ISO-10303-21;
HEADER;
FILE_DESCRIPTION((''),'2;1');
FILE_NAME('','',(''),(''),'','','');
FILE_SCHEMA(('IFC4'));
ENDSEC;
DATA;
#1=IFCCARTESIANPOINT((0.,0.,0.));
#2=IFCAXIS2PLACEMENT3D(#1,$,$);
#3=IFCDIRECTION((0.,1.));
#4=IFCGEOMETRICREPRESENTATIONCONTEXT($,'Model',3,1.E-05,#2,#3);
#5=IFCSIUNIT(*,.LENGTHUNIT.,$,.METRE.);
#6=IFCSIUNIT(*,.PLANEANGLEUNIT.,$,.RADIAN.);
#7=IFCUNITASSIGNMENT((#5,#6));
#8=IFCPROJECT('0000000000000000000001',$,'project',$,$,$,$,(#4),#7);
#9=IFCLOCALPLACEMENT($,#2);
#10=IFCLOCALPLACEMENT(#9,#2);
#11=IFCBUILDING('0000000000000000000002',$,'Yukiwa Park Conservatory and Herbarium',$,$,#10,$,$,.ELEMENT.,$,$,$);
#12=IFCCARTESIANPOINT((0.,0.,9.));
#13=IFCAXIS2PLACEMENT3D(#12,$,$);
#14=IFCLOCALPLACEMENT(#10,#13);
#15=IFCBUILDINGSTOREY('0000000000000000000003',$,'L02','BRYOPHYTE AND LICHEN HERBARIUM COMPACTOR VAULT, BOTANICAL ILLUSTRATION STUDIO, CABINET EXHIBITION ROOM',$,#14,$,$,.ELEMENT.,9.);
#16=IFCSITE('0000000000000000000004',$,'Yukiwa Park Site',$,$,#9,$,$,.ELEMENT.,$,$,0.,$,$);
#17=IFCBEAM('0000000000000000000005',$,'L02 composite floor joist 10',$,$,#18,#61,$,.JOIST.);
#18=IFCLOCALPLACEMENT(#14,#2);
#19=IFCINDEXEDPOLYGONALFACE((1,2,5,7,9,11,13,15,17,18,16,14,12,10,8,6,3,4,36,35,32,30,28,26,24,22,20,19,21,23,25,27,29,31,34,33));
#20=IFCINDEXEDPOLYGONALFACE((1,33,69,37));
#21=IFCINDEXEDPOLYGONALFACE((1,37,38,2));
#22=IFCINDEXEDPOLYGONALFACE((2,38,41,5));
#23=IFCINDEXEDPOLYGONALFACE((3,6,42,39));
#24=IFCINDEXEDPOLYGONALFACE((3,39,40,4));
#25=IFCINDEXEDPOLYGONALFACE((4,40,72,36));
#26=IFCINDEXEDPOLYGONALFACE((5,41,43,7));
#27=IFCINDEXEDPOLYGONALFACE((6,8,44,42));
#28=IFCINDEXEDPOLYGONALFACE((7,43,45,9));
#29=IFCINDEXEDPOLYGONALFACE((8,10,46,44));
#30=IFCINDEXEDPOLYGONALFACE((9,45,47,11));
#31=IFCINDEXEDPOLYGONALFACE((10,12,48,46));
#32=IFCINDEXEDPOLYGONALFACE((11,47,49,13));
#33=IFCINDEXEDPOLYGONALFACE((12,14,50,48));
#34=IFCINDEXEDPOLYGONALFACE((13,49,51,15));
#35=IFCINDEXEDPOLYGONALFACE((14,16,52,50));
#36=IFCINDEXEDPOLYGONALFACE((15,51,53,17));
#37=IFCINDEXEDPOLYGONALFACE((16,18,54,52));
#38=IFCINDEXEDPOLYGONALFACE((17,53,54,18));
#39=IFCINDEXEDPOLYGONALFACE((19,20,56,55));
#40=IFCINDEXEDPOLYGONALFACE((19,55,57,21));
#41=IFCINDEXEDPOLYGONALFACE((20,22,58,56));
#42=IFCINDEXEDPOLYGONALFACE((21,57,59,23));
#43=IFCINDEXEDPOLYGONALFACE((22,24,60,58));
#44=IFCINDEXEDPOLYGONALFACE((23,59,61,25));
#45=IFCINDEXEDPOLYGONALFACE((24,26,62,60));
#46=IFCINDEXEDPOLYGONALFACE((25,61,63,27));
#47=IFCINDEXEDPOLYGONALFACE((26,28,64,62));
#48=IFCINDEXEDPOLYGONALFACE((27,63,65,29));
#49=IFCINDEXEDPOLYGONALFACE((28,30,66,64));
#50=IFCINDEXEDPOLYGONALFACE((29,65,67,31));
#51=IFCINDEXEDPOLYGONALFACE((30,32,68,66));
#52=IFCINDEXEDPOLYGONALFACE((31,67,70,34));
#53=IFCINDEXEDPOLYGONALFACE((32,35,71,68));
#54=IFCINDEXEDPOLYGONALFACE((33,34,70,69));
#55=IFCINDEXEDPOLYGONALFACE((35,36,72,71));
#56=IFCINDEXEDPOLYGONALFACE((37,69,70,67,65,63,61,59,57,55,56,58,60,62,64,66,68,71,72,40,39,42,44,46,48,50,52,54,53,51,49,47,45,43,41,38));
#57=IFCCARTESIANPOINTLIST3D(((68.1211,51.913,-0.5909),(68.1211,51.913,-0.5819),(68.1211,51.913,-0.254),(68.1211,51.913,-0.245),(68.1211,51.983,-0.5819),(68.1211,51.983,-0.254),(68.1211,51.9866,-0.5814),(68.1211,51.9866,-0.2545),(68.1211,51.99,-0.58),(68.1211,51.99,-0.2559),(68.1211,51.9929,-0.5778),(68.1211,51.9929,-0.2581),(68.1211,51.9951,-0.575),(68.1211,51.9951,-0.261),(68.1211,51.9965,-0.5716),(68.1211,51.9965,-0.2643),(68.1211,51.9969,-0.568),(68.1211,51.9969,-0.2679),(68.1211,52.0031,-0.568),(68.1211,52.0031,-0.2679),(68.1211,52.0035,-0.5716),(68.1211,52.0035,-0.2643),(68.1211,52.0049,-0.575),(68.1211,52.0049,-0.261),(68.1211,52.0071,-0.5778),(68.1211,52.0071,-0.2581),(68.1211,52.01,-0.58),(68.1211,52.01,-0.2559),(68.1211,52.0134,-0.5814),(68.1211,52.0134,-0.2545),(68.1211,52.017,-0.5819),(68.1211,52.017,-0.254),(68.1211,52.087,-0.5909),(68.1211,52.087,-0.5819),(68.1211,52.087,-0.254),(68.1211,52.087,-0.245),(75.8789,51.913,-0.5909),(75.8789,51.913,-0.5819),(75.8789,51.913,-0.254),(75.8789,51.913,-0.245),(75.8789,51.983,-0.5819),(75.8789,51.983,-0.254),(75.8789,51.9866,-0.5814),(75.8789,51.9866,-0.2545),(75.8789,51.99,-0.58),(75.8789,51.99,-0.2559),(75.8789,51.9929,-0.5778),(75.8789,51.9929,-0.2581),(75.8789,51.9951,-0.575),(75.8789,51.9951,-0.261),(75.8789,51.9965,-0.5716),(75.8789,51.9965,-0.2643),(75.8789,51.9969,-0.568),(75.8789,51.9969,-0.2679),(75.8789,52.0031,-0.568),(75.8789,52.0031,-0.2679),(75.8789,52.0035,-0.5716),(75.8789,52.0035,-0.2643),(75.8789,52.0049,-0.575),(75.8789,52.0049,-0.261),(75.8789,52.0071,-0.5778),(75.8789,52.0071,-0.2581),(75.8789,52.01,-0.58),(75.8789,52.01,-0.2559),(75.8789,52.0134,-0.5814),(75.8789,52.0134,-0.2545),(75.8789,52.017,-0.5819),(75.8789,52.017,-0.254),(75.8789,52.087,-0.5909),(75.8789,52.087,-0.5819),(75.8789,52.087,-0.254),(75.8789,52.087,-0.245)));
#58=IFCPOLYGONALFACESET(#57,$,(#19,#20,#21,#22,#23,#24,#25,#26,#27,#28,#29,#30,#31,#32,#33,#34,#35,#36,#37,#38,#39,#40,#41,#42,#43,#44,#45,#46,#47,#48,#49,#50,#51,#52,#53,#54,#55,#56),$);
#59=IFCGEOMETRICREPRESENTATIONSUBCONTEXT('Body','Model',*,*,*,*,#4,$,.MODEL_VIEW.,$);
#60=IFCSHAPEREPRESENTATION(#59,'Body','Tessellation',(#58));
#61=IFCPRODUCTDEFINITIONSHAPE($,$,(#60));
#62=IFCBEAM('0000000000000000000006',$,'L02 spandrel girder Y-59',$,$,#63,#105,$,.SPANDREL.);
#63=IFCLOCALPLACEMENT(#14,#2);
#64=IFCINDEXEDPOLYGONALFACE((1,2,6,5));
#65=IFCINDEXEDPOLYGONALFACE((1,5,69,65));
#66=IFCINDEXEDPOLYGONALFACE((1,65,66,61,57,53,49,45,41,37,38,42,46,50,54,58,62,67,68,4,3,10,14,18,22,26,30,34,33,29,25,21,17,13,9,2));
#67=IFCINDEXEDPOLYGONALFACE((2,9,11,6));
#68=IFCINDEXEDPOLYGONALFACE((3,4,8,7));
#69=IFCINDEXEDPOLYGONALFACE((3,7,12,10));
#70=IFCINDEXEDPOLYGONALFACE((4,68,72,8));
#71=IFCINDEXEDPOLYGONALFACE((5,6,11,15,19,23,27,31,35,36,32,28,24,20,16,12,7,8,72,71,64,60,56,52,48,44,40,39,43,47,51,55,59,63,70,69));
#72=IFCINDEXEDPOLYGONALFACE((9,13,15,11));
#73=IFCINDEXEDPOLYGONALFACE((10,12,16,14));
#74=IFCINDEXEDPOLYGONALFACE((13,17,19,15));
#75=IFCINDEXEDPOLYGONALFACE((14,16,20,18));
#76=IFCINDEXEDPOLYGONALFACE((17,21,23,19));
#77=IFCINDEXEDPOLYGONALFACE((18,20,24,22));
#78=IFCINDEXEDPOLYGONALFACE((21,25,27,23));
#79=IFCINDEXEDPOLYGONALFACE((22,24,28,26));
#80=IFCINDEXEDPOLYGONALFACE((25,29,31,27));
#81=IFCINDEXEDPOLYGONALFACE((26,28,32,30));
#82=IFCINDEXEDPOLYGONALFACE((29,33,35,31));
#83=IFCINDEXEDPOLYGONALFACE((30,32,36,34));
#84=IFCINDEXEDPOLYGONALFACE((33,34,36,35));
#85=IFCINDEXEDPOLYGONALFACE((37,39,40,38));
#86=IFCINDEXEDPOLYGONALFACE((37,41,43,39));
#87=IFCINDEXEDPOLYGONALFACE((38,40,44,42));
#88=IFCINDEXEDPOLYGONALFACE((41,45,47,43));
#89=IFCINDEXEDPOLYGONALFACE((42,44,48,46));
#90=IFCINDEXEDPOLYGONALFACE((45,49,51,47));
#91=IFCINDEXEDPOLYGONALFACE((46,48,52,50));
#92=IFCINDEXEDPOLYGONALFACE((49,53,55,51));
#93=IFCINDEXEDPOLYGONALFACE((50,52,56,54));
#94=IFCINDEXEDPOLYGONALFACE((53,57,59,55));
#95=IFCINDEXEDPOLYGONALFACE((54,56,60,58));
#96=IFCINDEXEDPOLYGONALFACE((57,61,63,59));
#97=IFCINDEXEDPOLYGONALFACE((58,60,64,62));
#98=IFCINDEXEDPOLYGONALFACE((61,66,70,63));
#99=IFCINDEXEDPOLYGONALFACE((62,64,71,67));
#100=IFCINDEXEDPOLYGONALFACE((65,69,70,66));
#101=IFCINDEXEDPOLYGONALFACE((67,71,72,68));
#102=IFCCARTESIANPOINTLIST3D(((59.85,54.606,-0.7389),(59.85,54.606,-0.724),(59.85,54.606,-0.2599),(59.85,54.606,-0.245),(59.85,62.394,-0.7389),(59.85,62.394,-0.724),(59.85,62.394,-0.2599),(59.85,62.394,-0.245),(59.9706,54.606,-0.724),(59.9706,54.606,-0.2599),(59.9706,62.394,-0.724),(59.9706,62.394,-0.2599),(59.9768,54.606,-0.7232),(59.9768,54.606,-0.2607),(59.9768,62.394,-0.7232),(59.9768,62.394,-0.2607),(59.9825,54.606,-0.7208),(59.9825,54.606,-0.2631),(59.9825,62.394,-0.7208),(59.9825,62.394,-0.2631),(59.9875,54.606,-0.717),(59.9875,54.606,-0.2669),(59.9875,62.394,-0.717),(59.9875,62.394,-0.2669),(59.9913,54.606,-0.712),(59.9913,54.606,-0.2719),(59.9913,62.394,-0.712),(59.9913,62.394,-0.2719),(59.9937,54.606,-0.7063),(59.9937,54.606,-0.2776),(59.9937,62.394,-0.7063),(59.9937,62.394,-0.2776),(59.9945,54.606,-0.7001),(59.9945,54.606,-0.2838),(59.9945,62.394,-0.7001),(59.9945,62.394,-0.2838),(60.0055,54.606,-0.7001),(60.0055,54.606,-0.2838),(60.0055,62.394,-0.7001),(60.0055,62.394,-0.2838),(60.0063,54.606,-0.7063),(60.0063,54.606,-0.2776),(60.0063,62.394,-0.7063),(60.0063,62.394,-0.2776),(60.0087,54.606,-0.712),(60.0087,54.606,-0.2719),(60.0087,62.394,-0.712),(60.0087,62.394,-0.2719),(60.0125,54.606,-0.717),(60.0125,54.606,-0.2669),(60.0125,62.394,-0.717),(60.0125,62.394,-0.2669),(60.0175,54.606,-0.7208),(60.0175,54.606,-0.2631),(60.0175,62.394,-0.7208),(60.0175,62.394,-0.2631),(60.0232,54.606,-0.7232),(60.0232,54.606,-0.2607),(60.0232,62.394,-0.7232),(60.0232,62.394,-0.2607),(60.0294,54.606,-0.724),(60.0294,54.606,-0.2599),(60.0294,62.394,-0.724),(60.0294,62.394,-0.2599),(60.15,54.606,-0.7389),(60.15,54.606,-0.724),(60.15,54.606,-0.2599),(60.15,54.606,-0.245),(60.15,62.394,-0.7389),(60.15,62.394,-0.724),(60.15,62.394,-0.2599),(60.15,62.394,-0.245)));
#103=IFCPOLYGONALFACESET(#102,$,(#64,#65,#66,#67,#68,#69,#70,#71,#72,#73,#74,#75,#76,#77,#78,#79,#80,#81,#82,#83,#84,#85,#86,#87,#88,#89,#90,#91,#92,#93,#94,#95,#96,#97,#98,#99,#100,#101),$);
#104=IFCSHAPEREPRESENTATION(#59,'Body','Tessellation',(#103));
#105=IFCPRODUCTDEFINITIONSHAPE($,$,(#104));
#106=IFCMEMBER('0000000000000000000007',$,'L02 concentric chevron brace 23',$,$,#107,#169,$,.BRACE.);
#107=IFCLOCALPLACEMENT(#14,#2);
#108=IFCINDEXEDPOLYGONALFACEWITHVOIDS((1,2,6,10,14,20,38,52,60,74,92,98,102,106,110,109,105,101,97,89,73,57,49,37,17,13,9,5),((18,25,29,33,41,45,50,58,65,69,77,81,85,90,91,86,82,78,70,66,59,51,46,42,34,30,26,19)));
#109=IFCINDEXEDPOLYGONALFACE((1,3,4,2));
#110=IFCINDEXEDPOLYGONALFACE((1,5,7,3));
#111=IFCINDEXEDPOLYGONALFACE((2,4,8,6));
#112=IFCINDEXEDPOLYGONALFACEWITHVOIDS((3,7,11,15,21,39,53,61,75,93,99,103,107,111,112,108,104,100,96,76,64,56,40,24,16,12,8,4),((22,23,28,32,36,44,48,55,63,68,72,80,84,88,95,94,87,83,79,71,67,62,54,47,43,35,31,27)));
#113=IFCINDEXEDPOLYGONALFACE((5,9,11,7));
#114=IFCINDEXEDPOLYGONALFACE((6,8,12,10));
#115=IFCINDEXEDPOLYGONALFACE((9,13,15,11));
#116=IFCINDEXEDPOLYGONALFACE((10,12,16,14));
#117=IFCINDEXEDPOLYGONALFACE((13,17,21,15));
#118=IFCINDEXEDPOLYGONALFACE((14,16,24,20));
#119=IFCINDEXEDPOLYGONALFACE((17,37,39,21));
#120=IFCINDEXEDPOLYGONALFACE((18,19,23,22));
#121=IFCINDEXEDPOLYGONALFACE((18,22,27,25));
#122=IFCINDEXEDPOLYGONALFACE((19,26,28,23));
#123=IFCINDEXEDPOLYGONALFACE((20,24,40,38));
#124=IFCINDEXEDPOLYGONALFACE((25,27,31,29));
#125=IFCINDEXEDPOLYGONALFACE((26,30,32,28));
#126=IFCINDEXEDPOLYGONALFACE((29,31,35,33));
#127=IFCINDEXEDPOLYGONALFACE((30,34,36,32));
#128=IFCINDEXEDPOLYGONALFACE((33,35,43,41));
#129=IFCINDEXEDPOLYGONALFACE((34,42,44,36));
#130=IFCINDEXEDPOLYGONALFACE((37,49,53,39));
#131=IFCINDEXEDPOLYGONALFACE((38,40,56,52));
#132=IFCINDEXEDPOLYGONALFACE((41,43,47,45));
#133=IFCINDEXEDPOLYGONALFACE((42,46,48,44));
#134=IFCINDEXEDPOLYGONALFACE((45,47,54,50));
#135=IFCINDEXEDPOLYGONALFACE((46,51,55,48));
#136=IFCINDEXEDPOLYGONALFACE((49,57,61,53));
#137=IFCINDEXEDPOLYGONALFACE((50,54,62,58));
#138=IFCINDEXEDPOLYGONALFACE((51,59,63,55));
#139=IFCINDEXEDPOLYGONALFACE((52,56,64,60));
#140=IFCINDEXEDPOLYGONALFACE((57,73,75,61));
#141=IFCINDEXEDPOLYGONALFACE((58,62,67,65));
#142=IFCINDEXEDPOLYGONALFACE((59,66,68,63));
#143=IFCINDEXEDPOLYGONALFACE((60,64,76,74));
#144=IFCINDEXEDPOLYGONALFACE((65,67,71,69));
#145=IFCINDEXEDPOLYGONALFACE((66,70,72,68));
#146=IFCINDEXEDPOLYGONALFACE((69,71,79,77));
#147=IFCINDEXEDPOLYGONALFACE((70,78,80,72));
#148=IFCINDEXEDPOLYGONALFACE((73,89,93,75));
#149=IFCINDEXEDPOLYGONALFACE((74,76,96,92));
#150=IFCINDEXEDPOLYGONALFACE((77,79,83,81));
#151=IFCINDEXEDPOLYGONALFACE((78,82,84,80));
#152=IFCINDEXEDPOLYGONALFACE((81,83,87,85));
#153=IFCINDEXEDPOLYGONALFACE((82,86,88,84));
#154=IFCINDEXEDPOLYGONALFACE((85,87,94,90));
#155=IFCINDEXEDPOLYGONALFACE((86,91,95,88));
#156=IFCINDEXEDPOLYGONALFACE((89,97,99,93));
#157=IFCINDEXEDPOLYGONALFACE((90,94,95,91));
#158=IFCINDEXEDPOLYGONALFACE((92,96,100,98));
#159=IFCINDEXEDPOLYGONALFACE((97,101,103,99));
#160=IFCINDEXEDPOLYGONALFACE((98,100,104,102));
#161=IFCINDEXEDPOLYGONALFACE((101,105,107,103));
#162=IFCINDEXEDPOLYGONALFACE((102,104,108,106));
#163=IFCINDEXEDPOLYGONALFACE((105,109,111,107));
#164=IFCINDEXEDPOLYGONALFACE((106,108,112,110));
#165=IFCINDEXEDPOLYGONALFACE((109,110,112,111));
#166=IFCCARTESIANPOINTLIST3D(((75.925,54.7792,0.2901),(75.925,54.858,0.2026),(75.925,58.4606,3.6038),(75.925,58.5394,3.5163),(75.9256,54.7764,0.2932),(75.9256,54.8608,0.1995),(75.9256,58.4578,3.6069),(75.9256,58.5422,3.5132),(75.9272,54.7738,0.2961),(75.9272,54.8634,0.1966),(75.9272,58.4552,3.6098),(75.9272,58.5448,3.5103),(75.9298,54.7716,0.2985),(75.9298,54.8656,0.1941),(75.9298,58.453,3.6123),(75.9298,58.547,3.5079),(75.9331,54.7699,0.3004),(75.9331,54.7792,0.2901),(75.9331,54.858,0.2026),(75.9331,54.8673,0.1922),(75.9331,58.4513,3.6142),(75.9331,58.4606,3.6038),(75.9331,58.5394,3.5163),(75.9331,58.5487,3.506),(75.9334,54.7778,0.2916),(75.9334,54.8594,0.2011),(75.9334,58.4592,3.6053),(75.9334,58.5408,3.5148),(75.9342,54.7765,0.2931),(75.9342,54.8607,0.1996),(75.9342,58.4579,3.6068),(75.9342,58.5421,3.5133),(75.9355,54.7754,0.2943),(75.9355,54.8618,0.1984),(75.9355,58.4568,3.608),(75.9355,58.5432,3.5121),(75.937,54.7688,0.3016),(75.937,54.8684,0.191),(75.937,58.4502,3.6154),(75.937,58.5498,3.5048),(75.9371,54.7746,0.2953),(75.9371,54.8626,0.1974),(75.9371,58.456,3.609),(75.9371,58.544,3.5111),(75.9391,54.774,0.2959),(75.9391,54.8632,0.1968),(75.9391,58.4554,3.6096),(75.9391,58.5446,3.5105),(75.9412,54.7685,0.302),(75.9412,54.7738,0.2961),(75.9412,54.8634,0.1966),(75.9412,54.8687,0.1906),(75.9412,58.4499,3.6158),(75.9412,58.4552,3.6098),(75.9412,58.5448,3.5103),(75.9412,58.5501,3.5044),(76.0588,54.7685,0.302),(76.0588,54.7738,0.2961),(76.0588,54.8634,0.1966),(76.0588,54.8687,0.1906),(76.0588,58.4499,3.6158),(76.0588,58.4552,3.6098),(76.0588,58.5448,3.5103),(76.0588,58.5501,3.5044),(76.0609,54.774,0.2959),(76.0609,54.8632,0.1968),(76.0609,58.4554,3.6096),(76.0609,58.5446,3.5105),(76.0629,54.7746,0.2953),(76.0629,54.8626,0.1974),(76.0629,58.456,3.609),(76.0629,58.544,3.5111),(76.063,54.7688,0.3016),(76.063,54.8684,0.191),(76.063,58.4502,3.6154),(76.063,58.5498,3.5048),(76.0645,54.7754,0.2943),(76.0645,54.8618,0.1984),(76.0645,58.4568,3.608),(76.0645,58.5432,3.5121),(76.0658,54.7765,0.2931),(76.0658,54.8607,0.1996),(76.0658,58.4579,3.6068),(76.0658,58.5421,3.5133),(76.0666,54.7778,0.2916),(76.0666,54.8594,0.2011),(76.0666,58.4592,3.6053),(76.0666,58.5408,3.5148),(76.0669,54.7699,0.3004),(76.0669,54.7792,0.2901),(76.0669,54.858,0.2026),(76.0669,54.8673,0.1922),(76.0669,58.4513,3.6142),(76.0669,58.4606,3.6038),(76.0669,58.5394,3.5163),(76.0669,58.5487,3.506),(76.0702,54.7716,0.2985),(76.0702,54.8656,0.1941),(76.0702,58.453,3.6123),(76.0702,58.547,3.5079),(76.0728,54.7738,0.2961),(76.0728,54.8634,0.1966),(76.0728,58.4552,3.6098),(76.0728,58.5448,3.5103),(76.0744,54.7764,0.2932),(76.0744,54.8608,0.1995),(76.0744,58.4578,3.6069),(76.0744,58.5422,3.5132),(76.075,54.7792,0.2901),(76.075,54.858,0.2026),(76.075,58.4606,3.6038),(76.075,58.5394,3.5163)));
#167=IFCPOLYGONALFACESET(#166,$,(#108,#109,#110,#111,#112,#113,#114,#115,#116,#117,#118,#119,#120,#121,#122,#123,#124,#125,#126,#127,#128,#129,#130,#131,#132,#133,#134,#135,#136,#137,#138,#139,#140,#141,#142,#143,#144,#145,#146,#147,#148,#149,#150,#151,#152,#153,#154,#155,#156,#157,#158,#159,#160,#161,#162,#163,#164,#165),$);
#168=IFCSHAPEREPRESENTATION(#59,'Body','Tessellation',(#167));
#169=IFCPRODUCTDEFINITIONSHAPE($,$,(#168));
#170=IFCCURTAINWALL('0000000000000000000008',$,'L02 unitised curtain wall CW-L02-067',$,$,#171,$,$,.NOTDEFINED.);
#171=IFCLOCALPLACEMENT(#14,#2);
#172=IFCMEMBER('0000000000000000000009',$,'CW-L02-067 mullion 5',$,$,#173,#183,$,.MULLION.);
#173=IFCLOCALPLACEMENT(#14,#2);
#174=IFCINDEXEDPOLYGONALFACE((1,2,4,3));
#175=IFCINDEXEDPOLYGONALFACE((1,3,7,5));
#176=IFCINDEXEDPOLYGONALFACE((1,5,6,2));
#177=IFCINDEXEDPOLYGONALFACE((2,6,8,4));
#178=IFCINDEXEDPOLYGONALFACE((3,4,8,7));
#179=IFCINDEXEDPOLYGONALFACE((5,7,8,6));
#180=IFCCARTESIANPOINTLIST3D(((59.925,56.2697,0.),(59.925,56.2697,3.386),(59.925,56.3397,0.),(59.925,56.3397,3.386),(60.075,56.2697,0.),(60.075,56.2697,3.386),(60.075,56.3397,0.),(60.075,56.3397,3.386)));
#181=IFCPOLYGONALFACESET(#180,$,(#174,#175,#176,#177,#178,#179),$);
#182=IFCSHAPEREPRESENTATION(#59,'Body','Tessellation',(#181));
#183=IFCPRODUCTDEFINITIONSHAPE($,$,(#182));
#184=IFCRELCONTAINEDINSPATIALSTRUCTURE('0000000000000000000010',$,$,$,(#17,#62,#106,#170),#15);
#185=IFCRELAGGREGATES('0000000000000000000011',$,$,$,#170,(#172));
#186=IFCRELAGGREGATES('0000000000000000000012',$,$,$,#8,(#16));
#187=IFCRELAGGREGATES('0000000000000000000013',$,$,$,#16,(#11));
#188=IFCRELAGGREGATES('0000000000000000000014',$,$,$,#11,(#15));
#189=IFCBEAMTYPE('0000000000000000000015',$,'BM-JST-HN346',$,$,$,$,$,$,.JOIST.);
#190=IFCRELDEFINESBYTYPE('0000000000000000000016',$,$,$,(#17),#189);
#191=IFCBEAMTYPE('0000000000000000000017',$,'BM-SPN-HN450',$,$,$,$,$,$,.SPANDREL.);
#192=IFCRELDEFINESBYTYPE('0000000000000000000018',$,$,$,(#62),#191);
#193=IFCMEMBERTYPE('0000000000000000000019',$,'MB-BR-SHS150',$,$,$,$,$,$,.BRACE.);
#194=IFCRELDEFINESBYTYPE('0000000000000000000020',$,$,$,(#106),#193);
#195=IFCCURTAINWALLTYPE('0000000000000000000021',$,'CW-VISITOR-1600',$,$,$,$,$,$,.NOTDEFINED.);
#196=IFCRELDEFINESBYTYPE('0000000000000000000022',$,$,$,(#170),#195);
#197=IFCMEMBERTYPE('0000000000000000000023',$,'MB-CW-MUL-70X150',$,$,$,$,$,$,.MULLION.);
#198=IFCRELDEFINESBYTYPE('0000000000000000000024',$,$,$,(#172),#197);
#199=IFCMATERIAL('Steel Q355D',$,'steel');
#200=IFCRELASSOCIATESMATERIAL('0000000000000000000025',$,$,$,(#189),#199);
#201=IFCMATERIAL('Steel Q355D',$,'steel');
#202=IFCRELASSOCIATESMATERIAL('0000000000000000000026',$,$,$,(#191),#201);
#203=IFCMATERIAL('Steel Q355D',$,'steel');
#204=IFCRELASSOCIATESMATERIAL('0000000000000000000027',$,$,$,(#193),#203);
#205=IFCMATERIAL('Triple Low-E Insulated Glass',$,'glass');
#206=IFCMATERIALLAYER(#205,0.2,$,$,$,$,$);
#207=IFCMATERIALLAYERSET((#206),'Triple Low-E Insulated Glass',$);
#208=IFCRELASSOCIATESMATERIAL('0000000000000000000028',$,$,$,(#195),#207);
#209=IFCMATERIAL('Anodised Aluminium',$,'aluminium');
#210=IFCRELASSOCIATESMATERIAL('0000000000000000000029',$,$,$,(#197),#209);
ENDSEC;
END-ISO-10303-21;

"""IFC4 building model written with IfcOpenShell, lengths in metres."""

from ifc_helpers import new_model, si_unit, direction, frame, origin, origin_2d, place, context, subcontext, project, spatial, rectangle, hollow_rectangle, i_section, extrude, material, layer, layer_set, material_profile, profile_set, type_object, element, aggregate, save


model = new_model("IFC4")

# Units and contexts
model_context = context("Model", 3, precision=1e-05, world=origin(), true_north=direction((0.0, 1.0)))
body_context = subcontext(model_context, "Body", "Model", "MODEL_VIEW")
ifc_project = project(units=[si_unit("LENGTHUNIT", "METRE"), si_unit("PLANEANGLEUNIT", "RADIAN")], contexts=[model_context])

# Site, building, storey
site_placement = place(None, origin())
site = spatial("IfcSite", under=ifc_project, at=site_placement, Name="Yukiwa Park Site", CompositionType="ELEMENT", RefElevation=0.0)
building_placement = place(site_placement, origin())
building = spatial("IfcBuilding", under=site, at=building_placement, Name="Yukiwa Park Conservatory and Herbarium", CompositionType="ELEMENT")
storey_placement = place(building_placement, frame((0.0, 0.0, 9.0)))
storey = spatial("IfcBuildingStorey", under=building, at=storey_placement, Name="L02", Description="BRYOPHYTE AND LICHEN HERBARIUM COMPACTOR VAULT, BOTANICAL ILLUSTRATION STUDIO, CABINET EXHIBITION ROOM", CompositionType="ELEMENT", Elevation=9.0)

# Beams
ifc_material_1 = material(Name="Steel Q355D", Category="steel")
ifc_material_profile_1 = material_profile(ifc_material_1, i_section(OverallWidth=0.1741, OverallDepth=0.3459, WebThickness=0.0061, FlangeThickness=0.009, FilletRadius=0.0139, at=origin_2d()), Name="HN 346x174x6x9")
ifc_profile_set_1 = profile_set([ifc_material_profile_1], Name="Steel Q355D")
beam_type_1 = type_object("IfcBeamType", Name="BM-JST-HN346", PredefinedType="JOIST", material=ifc_profile_set_1)
for number, where, z_axis, x_axis, name in (
    (1, (68.1211, 52.0, -0.418), (1.0, 0.0, 0.0), (0.0, 1.0, 0.0), "L02 composite floor joist 10"),
):
    element("IfcBeam", number, at=place(storey_placement, frame(where, z_axis=z_axis, x_axis=x_axis)), inside=storey, type_object=beam_type_1, Name=name, PredefinedType="JOIST", context=body_context, shape_type="SweptSolid", body=[
        extrude(i_section(OverallWidth=0.1741, OverallDepth=0.3459, WebThickness=0.0061, FlangeThickness=0.009, FilletRadius=0.0139, at=origin_2d()), origin(), (0.0, 0.0, 1.0), 7.7578),
    ])
ifc_material_2 = material(Name="Steel Q355D", Category="steel")
ifc_material_profile_2 = material_profile(ifc_material_2, i_section(OverallWidth=0.3, OverallDepth=0.4939, WebThickness=0.011, FlangeThickness=0.0149, FilletRadius=0.0239, at=origin_2d()), Name="HM 494x300x11x15")
ifc_profile_set_2 = profile_set([ifc_material_profile_2], Name="Steel Q355D")
beam_type_2 = type_object("IfcBeamType", Name="BM-SPN-HN450", PredefinedType="SPANDREL", material=ifc_profile_set_2)
beam_placement = place(storey_placement, frame((60.0, 54.606, -0.4919), z_axis=(0.0, 1.0, 0.0), x_axis=(-1.0, 0.0, 0.0)))
element("IfcBeam", 2, at=beam_placement, inside=storey, type_object=beam_type_2, Name="L02 spandrel girder Y-59", PredefinedType="SPANDREL", context=body_context, shape_type="SweptSolid", body=[
    extrude(i_section(OverallWidth=0.3, OverallDepth=0.4939, WebThickness=0.011, FlangeThickness=0.0149, FilletRadius=0.0239, at=origin_2d()), origin(), (0.0, 0.0, 1.0), 7.7881),
])

# Member
ifc_material_3 = material(Name="Steel Q355D", Category="steel")
ifc_material_profile_3 = material_profile(ifc_material_3, hollow_rectangle(XDim=0.1499, YDim=0.1499, WallThickness=0.0081, InnerFilletRadius=0.0081, OuterFilletRadius=0.0161, at=origin_2d()), Name="SHS 150x150x8")
ifc_profile_set_3 = profile_set([ifc_material_profile_3], Name="Steel Q355D")
member_type_1 = type_object("IfcMemberType", Name="MB-BR-SHS150", PredefinedType="BRACE", material=ifc_profile_set_3)
member_1_placement = place(storey_placement, frame((76.0, 54.8186, 0.2463), z_axis=(0.0, 0.743248, 0.669016), x_axis=(-1.0, 0.0, 0.0)))
element("IfcMember", 3, at=member_1_placement, inside=storey, type_object=member_type_1, Name="L02 concentric chevron brace 23", PredefinedType="BRACE", context=body_context, shape_type="SweptSolid", body=[
    extrude(hollow_rectangle(XDim=0.1499, YDim=0.1499, WallThickness=0.0081, InnerFilletRadius=0.0081, OuterFilletRadius=0.0161, at=origin_2d()), origin(), (0.0, 0.0, 1.0), 4.9531),
])

# Curtain wall, member
ifc_material_4 = material(Name="Triple Low-E Insulated Glass", Category="glass")
ifc_layer_1 = layer(ifc_material_4, 0.2)
ifc_layer_set_1 = layer_set([ifc_layer_1], Name="Triple Low-E Insulated Glass")
curtain_wall_type = type_object("IfcCurtainWallType", Name="CW-VISITOR-1600", PredefinedType="NOTDEFINED", material=ifc_layer_set_1)
curtain_wall_placement = place(storey_placement, origin())
curtain_wall = element("IfcCurtainWall", 4, at=curtain_wall_placement, inside=storey, type_object=curtain_wall_type, Name="L02 unitised curtain wall CW-L02-067", PredefinedType="NOTDEFINED")
ifc_material_5 = material(Name="Anodised Aluminium", Category="aluminium")
member_type_2 = type_object("IfcMemberType", Name="MB-CW-MUL-70X150", PredefinedType="MULLION", material=ifc_material_5)
member_2_placement = place(storey_placement, frame((60.0, 56.3047, 0.0), z_axis=(0.0, 0.0, 1.0), x_axis=(0.0, -1.0, 0.0)))
member_2 = element("IfcMember", 5, at=member_2_placement, type_object=member_type_2, Name="CW-L02-067 mullion 5", PredefinedType="MULLION", context=body_context, shape_type="SweptSolid", body=[
    extrude(rectangle(XDim=0.0701, YDim=0.1499, at=origin_2d()), origin(), (0.0, 0.0, 1.0), 3.386),
])

aggregate(curtain_wall, [member_2])

save(model, "model.ifc")
